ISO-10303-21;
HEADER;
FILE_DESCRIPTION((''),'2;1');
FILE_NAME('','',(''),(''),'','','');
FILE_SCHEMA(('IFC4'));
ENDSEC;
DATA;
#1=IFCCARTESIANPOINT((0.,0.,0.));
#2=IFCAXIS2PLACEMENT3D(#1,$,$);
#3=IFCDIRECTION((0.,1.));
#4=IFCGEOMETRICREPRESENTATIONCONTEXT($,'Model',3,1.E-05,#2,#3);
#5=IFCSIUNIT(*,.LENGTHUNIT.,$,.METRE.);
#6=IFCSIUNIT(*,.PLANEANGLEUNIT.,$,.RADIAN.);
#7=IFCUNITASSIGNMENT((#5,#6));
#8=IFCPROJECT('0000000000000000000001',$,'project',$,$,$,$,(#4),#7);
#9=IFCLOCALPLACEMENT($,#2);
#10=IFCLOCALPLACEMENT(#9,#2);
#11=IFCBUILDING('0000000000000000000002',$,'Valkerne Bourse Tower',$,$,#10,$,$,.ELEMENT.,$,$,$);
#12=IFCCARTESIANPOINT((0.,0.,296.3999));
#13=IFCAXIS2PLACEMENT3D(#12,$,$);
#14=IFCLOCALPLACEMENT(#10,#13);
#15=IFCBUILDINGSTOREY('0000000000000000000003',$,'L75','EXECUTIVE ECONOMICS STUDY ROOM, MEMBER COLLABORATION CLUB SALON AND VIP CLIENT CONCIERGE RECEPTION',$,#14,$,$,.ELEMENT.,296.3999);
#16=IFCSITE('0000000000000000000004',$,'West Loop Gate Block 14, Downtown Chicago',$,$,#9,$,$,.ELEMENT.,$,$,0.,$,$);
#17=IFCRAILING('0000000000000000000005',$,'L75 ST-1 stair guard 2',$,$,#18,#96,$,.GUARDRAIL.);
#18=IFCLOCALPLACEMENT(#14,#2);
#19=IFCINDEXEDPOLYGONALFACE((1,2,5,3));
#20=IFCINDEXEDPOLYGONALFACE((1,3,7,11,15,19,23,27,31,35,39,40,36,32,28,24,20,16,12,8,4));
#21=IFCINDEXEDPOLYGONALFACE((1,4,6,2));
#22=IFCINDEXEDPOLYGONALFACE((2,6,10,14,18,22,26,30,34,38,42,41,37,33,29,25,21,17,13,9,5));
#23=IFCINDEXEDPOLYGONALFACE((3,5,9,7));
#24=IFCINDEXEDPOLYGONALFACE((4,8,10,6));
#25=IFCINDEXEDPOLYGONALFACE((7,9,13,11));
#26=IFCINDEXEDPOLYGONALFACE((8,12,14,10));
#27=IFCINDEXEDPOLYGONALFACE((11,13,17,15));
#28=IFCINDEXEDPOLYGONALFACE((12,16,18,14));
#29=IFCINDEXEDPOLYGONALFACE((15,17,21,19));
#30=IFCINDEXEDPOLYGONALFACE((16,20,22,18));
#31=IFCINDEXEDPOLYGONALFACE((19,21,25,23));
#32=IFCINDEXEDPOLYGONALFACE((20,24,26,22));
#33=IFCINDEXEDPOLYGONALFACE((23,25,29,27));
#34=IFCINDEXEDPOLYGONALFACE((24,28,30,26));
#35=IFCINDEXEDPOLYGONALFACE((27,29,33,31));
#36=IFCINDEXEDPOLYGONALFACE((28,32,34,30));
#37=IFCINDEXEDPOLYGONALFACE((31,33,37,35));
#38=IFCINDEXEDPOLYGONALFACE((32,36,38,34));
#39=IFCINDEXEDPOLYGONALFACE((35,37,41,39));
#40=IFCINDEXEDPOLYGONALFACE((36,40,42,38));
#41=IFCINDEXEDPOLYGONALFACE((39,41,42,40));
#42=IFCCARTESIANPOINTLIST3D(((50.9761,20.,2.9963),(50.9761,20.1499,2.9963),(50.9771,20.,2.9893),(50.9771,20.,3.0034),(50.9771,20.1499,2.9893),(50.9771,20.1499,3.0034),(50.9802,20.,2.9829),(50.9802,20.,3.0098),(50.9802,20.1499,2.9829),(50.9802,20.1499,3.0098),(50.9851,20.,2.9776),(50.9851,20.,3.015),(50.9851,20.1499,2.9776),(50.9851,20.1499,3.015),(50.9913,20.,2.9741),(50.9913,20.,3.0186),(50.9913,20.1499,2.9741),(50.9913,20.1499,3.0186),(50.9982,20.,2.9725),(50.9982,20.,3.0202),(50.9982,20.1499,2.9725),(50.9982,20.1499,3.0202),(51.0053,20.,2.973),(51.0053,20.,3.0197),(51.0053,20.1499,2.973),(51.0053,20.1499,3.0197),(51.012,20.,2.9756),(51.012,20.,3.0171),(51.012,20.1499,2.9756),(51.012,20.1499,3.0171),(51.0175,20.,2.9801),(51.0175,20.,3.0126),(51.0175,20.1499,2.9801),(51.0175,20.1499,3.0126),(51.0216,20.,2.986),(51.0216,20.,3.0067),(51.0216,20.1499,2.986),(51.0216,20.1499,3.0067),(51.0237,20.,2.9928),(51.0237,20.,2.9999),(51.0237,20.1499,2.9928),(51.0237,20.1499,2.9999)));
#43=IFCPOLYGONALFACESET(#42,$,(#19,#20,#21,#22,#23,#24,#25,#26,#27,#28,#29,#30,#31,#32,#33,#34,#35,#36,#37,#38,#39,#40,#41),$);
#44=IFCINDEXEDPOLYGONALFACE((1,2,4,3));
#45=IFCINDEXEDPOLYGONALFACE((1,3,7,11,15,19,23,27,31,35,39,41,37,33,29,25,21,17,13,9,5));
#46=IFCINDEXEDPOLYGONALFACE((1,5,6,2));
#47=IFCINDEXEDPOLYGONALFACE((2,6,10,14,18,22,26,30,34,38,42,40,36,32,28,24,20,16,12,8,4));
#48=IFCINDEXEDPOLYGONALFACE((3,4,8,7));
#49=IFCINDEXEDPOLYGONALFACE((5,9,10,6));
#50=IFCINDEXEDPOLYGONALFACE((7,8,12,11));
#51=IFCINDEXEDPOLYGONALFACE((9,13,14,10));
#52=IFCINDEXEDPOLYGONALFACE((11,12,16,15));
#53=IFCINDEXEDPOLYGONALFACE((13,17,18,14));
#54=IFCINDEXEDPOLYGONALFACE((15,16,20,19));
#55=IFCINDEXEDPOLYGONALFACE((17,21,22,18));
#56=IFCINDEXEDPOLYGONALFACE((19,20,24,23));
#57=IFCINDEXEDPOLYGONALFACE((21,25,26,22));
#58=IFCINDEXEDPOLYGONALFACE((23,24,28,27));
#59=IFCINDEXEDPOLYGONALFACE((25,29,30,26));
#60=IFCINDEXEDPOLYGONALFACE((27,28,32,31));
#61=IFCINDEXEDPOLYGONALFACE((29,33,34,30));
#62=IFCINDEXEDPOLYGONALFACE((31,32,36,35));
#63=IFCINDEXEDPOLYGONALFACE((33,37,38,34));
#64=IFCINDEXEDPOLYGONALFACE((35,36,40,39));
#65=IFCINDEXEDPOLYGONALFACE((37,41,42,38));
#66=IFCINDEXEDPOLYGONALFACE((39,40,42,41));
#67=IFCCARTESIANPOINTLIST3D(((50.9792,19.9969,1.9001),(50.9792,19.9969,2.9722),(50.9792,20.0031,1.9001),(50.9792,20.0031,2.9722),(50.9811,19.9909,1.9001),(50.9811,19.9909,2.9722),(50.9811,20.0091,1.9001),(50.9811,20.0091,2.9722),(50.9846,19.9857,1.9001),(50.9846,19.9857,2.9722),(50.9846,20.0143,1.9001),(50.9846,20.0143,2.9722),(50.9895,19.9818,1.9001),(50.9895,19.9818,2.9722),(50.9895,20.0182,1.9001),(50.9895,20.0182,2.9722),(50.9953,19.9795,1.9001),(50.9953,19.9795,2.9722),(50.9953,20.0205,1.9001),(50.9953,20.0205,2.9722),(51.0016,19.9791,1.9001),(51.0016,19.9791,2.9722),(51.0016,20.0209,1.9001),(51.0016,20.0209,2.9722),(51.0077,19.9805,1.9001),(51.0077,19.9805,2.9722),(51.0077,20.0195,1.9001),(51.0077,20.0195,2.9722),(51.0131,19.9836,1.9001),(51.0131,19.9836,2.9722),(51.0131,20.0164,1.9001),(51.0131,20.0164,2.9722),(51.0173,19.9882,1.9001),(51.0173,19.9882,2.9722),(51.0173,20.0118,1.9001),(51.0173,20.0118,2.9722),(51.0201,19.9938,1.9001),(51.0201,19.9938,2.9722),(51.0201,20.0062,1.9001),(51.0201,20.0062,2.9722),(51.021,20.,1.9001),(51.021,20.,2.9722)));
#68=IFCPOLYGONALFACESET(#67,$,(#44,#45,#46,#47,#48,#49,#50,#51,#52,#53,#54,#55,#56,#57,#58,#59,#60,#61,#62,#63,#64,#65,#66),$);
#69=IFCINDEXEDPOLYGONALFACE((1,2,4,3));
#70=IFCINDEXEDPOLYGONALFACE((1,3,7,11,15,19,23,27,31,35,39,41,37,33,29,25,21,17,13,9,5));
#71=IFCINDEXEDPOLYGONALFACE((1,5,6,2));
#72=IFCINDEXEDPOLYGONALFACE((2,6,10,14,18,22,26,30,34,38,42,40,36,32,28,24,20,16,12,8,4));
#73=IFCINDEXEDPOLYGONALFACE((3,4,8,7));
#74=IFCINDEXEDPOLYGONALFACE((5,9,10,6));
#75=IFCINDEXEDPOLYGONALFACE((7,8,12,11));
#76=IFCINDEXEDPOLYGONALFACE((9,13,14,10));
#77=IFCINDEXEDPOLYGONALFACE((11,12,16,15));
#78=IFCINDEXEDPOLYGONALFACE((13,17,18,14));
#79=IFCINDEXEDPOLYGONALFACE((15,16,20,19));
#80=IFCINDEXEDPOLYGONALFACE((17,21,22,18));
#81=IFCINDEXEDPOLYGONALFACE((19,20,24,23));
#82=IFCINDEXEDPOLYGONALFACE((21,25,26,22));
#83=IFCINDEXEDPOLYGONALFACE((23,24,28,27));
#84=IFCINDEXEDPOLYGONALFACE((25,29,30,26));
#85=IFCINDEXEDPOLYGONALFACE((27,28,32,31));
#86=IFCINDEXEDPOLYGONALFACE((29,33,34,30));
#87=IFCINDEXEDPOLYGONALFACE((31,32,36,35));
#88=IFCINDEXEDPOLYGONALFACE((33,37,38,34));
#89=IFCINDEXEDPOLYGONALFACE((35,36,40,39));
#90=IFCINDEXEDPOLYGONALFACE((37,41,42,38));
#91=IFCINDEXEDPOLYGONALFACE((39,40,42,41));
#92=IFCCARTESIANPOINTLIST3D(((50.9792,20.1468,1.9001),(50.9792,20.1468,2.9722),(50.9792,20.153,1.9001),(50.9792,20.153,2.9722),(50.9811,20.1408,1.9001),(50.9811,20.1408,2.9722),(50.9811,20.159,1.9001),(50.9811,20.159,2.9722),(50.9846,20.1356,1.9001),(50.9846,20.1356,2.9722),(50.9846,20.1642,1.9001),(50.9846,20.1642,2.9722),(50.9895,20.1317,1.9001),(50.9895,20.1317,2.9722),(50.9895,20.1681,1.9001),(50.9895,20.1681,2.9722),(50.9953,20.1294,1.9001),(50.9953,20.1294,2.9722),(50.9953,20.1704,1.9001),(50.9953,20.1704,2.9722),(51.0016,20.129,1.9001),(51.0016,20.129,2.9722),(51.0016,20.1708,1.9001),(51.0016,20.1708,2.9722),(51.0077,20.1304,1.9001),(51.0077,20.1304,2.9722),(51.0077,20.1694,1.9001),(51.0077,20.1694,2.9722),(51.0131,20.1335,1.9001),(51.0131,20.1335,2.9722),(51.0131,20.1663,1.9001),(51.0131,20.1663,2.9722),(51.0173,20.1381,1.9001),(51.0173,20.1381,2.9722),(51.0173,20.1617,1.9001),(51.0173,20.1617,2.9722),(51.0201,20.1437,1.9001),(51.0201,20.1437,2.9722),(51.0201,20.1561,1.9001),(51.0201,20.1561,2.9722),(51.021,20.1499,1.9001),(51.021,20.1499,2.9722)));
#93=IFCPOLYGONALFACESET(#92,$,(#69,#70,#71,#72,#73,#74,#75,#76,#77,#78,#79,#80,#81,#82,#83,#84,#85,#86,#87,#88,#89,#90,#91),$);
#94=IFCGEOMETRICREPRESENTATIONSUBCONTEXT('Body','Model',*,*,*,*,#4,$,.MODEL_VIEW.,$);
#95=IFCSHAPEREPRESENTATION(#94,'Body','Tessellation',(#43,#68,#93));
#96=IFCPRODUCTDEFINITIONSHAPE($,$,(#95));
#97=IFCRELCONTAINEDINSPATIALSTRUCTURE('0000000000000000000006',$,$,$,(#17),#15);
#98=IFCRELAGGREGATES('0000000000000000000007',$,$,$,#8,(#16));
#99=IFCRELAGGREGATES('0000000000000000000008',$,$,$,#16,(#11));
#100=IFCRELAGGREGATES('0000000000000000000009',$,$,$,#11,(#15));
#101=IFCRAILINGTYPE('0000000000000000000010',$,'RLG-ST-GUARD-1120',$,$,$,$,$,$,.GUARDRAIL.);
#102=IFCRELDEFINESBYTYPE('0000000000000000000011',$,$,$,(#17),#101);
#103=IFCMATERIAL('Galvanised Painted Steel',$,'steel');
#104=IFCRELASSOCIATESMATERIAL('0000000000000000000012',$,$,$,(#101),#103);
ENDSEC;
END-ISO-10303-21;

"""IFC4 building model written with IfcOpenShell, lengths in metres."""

from ifc_helpers import new_model, si_unit, direction, frame, origin, origin_2d, place, context, subcontext, project, spatial, circle, extrude, material, type_object, element, save


model = new_model("IFC4")

# Units and contexts
model_context = context("Model", 3, precision=1e-05, world=origin(), true_north=direction((0.0, 1.0)))
body_context = subcontext(model_context, "Body", "Model", "MODEL_VIEW")
ifc_project = project(units=[si_unit("LENGTHUNIT", "METRE"), si_unit("PLANEANGLEUNIT", "RADIAN")], contexts=[model_context])

# Site, building, storey
site_placement = place(None, origin())
site = spatial("IfcSite", under=ifc_project, at=site_placement, Name="West Loop Gate Block 14, Downtown Chicago", CompositionType="ELEMENT", RefElevation=0.0)
building_placement = place(site_placement, origin())
building = spatial("IfcBuilding", under=site, at=building_placement, Name="Valkerne Bourse Tower", CompositionType="ELEMENT")
storey_placement = place(building_placement, frame((0.0, 0.0, 296.3999)))
storey = spatial("IfcBuildingStorey", under=building, at=storey_placement, Name="L75", Description="EXECUTIVE ECONOMICS STUDY ROOM, MEMBER COLLABORATION CLUB SALON AND VIP CLIENT CONCIERGE RECEPTION", CompositionType="ELEMENT", Elevation=296.3999)

# Railing
ifc_material_1 = material(Name="Galvanised Painted Steel", Category="steel")
railing_type_1 = type_object("IfcRailingType", Name="RLG-ST-GUARD-1120", PredefinedType="GUARDRAIL", material=ifc_material_1)
railing_1_placement = place(storey_placement, frame((51.0, 20.0, 1.9001)))
element("IfcRailing", 1, at=railing_1_placement, inside=storey, type_object=railing_type_1, Name="L75 ST-1 stair guard 2", PredefinedType="GUARDRAIL", context=body_context, shape_type="SweptSolid", body=[
    extrude(circle(Radius=0.0239, at=origin_2d()), frame((0.0, 0.0, 1.0962), z_axis=(0.0, 1.0, 0.0), x_axis=(-1.0, 0.0, 0.0)), (0.0, 0.0, 1.0), 0.1499),
    extrude(circle(Radius=0.021, at=origin_2d()), origin(), (0.0, 0.0, 1.0), 1.072),
    extrude(circle(Radius=0.021, at=origin_2d()), frame((0.0, 0.1499, 0.0)), (0.0, 0.0, 1.0), 1.072),
])

save(model, "model.ifc")
